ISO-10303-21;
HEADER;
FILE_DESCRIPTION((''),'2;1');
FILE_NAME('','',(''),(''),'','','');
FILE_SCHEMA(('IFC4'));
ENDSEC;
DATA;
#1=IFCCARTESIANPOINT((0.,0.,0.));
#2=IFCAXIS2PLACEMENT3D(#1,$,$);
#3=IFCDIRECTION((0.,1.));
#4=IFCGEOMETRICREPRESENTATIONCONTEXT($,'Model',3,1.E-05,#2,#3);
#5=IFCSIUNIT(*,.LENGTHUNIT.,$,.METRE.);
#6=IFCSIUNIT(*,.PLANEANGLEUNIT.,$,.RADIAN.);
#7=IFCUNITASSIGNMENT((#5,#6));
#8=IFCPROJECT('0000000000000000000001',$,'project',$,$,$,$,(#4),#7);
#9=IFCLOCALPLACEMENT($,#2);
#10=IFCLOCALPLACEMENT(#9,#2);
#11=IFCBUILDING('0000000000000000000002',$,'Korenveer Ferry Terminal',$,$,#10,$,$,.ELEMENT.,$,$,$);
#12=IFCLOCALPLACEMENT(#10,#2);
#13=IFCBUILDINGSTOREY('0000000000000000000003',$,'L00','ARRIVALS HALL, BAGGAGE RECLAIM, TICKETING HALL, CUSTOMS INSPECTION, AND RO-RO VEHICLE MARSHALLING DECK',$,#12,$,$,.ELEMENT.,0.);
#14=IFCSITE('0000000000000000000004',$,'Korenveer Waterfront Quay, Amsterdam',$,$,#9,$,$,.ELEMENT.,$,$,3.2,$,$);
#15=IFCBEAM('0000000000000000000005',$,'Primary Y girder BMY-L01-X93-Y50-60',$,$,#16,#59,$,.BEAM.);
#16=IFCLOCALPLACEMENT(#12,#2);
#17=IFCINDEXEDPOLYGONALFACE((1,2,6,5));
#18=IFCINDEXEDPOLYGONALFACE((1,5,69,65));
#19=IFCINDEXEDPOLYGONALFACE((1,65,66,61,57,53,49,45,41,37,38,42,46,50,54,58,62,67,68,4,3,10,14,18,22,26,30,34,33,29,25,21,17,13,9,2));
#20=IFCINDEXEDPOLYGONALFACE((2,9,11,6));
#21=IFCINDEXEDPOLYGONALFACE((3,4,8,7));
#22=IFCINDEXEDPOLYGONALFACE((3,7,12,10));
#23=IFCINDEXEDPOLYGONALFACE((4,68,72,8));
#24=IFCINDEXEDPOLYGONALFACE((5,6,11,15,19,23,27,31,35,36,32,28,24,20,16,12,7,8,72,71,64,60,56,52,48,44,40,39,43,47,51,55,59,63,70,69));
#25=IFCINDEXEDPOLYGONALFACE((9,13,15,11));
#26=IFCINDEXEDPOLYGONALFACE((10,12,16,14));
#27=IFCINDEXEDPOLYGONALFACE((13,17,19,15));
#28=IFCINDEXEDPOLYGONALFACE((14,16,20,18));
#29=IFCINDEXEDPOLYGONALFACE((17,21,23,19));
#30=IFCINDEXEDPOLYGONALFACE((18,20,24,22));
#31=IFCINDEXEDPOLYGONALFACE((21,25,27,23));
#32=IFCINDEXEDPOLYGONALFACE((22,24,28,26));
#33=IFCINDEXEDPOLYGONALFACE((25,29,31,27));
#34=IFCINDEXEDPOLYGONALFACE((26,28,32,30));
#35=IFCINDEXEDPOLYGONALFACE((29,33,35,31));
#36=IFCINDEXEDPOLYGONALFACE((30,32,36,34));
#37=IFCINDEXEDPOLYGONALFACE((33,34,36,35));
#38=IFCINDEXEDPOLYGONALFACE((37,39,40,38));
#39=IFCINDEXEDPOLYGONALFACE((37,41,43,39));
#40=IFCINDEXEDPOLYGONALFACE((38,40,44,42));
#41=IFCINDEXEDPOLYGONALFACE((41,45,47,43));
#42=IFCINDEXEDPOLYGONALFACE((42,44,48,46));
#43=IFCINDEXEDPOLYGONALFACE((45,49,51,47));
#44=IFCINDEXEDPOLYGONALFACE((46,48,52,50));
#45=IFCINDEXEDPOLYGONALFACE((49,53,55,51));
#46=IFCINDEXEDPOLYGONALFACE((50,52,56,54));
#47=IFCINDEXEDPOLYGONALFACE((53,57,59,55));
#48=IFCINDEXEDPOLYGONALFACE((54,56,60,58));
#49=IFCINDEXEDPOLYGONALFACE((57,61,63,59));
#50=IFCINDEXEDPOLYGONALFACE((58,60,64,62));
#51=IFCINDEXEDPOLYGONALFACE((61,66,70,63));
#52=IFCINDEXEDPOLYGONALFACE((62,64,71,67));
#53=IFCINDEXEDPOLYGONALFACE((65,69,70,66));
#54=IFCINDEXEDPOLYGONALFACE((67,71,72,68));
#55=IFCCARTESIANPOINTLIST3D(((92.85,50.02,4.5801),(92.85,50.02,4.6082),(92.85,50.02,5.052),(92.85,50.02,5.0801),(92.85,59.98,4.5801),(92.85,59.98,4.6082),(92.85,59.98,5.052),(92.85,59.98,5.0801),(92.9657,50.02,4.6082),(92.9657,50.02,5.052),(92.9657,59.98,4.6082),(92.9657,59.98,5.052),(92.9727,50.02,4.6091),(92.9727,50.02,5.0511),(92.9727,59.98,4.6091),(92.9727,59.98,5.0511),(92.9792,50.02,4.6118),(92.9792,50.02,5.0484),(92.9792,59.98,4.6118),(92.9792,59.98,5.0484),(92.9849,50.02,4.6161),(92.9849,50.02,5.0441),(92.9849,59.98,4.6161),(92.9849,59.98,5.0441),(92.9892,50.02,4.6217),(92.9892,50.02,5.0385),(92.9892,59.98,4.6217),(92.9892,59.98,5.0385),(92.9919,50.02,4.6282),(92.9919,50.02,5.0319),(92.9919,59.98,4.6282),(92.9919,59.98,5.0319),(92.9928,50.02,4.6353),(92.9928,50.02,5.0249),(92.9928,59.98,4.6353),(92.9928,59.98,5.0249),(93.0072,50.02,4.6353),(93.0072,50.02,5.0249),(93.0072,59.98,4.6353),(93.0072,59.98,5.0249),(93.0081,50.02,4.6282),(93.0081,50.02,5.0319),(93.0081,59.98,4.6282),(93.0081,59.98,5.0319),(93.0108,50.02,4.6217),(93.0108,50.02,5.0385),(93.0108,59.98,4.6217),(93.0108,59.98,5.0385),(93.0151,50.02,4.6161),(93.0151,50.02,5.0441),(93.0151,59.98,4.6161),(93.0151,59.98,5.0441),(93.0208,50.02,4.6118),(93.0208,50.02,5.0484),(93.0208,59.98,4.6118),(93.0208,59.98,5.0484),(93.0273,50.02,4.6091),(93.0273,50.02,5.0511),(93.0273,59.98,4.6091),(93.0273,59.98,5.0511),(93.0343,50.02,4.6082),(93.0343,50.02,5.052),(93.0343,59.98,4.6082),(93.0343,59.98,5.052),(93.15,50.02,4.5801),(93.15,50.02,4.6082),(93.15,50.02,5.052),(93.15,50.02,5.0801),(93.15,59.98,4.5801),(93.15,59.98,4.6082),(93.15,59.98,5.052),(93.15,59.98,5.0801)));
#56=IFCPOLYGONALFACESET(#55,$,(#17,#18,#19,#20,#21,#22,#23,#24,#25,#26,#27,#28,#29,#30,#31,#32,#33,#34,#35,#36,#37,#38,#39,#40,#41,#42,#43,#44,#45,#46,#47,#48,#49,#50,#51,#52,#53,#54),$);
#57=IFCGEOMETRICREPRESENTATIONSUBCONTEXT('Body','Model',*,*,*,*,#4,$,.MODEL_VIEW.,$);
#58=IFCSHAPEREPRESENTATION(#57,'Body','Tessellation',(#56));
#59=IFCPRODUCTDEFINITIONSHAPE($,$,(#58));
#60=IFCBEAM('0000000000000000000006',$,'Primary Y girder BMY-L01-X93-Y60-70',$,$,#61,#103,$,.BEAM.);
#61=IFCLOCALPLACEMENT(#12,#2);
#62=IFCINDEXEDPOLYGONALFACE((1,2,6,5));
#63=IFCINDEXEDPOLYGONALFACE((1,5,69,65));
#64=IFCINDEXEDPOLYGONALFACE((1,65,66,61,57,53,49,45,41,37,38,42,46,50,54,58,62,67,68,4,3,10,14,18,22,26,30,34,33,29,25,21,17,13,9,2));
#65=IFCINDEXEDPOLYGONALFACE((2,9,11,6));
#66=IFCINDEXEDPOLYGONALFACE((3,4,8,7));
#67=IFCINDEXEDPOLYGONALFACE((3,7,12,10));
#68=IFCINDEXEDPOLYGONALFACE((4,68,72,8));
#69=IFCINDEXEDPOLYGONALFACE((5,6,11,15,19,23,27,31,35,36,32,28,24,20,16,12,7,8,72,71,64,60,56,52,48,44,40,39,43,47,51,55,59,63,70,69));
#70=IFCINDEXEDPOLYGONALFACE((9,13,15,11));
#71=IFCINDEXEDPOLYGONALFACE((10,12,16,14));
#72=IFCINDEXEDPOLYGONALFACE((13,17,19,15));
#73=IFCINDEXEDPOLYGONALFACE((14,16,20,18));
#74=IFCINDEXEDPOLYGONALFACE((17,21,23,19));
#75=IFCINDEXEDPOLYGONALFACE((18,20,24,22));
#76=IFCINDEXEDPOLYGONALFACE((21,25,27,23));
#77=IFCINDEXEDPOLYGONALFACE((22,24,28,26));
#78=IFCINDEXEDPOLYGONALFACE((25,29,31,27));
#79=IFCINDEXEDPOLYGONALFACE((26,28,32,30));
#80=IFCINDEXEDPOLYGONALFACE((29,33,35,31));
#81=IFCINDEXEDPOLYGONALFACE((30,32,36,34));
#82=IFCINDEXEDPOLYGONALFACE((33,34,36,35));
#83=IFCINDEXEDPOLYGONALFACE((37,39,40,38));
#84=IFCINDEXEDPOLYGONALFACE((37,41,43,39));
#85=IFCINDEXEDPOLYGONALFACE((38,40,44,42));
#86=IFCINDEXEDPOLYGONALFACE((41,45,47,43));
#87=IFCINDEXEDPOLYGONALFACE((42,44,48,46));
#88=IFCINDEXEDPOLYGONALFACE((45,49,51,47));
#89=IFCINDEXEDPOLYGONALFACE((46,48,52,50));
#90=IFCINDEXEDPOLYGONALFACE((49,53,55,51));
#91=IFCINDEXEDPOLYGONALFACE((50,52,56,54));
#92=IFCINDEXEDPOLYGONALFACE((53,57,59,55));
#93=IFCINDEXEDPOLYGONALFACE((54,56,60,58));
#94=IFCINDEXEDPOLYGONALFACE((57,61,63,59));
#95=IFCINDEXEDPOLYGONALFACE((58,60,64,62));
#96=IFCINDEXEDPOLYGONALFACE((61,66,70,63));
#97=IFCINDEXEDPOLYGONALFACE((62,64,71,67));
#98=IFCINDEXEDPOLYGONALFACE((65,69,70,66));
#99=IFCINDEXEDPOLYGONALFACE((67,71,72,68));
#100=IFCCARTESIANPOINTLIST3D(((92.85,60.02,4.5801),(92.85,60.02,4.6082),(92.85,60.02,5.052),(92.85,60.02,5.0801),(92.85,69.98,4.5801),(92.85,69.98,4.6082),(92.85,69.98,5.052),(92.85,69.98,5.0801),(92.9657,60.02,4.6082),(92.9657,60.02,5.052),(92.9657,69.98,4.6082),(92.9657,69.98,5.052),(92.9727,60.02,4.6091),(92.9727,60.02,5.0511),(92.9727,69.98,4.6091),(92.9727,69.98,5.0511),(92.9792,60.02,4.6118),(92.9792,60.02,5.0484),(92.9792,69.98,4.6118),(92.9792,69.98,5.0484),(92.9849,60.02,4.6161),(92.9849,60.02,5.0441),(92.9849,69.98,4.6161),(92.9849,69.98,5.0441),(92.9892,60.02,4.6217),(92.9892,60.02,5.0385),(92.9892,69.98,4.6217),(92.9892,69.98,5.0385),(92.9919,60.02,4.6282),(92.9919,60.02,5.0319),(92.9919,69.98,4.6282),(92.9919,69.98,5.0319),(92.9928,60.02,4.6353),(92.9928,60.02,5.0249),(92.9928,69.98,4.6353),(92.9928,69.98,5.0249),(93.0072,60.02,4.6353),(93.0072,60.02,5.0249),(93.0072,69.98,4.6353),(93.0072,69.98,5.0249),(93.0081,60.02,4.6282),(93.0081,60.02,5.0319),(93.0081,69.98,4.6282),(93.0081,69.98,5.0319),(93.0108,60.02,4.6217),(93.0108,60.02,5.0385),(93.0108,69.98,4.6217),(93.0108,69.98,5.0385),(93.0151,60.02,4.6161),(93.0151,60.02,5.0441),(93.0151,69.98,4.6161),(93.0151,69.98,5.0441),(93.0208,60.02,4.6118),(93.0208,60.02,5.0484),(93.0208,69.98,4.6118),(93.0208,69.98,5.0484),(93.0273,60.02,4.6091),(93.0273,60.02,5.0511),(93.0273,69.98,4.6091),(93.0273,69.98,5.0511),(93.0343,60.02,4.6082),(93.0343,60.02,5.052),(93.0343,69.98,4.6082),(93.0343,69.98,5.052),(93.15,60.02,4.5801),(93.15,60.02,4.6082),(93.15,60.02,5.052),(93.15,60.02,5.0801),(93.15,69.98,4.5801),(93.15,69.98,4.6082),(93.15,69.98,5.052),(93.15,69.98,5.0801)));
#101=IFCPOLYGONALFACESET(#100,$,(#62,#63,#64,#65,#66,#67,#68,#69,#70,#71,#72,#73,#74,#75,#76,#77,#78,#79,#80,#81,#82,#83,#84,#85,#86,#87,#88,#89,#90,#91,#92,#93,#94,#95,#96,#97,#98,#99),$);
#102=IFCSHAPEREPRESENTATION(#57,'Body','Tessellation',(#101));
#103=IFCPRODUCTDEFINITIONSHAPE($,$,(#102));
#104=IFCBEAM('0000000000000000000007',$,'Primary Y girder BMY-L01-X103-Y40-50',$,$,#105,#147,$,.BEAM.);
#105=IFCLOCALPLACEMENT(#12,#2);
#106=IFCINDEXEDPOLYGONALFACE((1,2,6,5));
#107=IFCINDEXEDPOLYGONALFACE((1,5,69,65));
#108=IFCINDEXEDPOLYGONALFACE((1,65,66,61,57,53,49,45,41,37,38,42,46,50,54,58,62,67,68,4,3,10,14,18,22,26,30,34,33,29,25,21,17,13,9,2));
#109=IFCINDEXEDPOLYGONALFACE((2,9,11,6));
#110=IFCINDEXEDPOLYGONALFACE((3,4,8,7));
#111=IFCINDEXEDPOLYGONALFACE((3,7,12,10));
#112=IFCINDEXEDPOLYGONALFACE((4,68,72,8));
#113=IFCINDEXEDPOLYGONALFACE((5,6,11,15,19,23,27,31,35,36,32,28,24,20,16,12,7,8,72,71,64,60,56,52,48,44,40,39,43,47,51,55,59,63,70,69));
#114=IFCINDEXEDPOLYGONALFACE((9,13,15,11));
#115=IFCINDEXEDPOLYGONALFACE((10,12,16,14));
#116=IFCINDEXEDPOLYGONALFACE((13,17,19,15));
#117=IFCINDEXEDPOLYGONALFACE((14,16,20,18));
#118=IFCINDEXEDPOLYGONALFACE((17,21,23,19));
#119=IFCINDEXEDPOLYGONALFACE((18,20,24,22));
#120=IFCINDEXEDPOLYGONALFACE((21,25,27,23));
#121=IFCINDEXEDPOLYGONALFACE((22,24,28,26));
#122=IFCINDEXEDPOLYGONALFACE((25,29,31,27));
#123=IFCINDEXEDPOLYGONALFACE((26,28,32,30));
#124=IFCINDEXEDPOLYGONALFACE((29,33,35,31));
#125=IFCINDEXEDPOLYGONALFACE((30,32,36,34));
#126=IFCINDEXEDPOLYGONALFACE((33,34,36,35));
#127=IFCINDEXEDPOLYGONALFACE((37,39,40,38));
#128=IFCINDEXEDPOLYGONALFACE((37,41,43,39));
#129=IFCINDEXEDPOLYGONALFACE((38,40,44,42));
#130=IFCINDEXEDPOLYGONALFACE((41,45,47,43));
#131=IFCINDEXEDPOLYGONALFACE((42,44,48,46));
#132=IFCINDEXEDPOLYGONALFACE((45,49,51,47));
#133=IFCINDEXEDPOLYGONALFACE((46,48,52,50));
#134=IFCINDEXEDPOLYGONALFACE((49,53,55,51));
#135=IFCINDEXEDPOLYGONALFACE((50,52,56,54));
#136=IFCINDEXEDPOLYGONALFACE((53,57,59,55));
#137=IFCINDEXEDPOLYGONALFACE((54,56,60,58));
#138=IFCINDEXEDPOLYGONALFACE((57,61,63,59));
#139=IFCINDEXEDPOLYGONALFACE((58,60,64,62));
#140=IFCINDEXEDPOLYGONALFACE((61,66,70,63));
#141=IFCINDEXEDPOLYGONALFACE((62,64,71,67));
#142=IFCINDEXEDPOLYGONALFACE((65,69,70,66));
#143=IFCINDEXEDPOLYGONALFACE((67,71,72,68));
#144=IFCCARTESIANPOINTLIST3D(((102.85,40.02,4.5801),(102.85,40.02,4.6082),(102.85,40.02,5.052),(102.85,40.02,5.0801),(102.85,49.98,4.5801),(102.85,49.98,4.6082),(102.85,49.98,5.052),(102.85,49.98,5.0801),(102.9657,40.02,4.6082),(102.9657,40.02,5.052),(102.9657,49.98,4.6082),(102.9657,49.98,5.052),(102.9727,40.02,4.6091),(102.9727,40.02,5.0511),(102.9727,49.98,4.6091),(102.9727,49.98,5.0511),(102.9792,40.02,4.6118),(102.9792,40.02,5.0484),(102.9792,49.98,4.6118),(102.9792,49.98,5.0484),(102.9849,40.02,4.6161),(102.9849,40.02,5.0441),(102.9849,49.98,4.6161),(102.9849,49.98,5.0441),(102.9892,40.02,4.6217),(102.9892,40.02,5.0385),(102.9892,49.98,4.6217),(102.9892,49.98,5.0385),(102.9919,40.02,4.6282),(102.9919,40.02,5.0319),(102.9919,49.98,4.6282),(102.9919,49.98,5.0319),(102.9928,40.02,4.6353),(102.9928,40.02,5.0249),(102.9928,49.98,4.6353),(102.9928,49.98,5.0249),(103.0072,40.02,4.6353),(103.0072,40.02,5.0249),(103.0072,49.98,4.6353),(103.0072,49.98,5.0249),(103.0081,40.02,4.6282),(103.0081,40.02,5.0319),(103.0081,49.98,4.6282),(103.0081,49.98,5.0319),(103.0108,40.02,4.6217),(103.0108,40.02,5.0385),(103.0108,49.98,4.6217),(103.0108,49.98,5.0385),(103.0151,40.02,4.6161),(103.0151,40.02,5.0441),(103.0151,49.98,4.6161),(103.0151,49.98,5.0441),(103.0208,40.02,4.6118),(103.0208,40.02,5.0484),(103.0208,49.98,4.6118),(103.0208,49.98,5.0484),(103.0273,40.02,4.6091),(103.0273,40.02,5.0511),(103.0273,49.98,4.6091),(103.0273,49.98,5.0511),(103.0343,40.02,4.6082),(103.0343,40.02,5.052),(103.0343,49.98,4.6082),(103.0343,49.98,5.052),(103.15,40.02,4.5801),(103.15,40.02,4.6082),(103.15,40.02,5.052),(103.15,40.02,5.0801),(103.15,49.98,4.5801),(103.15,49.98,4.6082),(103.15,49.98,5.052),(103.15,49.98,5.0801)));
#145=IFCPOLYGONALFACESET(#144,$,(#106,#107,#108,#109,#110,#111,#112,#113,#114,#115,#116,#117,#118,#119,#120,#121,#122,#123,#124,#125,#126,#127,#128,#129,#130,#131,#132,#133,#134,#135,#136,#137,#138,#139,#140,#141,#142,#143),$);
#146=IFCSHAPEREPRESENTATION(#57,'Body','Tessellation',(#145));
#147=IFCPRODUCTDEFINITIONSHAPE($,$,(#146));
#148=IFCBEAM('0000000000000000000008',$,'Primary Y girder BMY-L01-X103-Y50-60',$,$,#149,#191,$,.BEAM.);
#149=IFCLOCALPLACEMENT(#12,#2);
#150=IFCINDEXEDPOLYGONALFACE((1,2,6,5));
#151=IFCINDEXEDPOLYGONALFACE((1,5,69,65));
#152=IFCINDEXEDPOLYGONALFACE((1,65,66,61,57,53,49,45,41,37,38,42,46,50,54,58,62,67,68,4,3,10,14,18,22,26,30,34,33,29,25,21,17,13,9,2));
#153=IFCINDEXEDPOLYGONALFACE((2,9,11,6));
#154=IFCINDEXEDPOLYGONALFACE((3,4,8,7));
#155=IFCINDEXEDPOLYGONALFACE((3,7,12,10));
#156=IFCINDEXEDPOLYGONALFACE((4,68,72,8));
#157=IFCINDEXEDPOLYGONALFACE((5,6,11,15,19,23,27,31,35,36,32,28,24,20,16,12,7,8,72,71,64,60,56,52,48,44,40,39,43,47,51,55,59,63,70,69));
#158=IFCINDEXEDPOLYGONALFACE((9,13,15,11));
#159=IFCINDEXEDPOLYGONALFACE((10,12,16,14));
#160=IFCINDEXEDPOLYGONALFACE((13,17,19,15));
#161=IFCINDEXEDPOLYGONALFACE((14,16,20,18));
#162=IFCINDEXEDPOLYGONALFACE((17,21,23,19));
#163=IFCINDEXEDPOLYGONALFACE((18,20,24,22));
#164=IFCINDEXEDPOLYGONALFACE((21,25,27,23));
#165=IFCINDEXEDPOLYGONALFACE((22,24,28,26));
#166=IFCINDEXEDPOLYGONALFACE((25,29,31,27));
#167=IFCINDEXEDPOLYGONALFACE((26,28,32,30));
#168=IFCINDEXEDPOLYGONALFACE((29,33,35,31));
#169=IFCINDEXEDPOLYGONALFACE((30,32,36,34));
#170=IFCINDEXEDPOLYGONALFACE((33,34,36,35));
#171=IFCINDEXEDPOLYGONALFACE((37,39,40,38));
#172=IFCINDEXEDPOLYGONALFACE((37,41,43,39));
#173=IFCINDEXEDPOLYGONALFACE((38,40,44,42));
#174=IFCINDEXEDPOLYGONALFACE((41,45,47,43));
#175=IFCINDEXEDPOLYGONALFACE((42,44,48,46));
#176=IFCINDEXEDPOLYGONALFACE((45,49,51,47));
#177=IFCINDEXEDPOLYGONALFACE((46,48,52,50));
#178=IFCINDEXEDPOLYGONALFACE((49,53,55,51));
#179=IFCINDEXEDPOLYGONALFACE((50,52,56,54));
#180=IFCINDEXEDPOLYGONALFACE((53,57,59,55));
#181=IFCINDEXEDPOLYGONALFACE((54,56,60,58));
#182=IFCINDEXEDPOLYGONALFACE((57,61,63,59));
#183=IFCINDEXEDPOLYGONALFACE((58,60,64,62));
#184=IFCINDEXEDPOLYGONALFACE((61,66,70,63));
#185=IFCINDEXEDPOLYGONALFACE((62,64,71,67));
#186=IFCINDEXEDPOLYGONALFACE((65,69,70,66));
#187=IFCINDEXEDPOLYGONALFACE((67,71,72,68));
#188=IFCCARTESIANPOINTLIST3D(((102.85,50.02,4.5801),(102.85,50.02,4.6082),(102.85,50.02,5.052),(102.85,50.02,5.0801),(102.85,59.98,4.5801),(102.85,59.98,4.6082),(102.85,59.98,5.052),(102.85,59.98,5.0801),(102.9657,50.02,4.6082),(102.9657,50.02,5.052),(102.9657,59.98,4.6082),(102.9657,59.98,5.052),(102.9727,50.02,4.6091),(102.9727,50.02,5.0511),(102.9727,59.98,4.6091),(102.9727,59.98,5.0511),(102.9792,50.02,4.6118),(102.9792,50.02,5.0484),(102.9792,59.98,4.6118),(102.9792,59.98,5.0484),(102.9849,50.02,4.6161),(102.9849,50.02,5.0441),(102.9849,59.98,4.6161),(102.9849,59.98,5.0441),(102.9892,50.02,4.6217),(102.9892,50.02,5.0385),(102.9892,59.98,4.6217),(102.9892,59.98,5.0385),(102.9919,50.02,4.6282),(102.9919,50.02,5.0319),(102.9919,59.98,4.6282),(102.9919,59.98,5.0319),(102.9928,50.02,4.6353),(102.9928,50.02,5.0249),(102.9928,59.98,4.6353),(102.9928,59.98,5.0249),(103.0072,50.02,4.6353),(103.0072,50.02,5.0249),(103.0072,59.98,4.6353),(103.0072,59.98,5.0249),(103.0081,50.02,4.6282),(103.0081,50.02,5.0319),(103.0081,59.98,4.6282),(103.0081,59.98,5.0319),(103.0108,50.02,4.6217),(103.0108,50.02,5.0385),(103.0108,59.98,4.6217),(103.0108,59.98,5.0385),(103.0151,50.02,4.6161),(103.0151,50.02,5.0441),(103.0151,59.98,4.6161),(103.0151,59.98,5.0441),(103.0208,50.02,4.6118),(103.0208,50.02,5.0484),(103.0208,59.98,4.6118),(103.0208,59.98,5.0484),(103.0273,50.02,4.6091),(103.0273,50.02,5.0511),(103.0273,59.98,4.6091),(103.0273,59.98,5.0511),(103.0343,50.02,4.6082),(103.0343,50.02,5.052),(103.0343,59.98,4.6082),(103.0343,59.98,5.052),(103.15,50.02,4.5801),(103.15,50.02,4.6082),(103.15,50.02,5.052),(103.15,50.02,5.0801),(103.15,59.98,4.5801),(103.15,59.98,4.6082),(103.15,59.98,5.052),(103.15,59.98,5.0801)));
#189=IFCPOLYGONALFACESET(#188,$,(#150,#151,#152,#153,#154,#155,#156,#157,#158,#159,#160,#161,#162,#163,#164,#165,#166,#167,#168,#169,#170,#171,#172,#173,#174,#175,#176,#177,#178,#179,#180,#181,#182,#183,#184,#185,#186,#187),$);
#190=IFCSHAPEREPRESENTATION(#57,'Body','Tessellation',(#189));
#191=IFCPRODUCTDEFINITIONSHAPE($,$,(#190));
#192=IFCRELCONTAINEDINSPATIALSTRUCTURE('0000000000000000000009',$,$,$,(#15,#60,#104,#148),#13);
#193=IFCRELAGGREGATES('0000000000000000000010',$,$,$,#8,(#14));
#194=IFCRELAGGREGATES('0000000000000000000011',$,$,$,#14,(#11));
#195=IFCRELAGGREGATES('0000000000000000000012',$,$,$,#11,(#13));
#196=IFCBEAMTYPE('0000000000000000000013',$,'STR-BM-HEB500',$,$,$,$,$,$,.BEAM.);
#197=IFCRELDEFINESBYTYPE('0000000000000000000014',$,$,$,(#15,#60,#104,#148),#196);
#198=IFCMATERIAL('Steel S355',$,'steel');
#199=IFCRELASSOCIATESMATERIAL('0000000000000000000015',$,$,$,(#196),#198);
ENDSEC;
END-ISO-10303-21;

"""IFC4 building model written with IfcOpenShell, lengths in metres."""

from ifc_helpers import new_model, si_unit, direction, frame, origin, origin_2d, place, context, subcontext, project, spatial, i_section, extrude, material, material_profile, profile_set, type_object, element, save


model = new_model("IFC4")

# Units and contexts
model_context = context("Model", 3, precision=1e-05, world=origin(), true_north=direction((0.0, 1.0)))
body_context = subcontext(model_context, "Body", "Model", "MODEL_VIEW")
ifc_project = project(units=[si_unit("LENGTHUNIT", "METRE"), si_unit("PLANEANGLEUNIT", "RADIAN")], contexts=[model_context])

# Site, building, storey
site_placement = place(None, origin())
site = spatial("IfcSite", under=ifc_project, at=site_placement, Name="Korenveer Waterfront Quay, Amsterdam", CompositionType="ELEMENT", RefElevation=3.2)
building_placement = place(site_placement, origin())
building = spatial("IfcBuilding", under=site, at=building_placement, Name="Korenveer Ferry Terminal", CompositionType="ELEMENT")
storey_placement = place(building_placement, origin())
storey = spatial("IfcBuildingStorey", under=building, at=storey_placement, Name="L00", Description="ARRIVALS HALL, BAGGAGE RECLAIM, TICKETING HALL, CUSTOMS INSPECTION, AND RO-RO VEHICLE MARSHALLING DECK", CompositionType="ELEMENT", Elevation=0.0)

# Shared definitions
ifc_material_1 = material(Name="Steel S355", Category="steel")

# Beams
ifc_material_profile_1 = material_profile(ifc_material_1, i_section(OverallWidth=0.3, OverallDepth=0.5, WebThickness=0.0144, FlangeThickness=0.0281, FilletRadius=0.0271, at=origin_2d()), Name="HEB 500")
ifc_profile_set_1 = profile_set([ifc_material_profile_1], Name="Steel S355")
beam_type_1 = type_object("IfcBeamType", Name="STR-BM-HEB500", PredefinedType="BEAM", material=ifc_profile_set_1)
for number, where, z_axis, x_axis, name in (
    (1, (93.0, 50.02, 4.8301), (0.0, 1.0, 0.0), (-1.0, 0.0, 0.0), "Primary Y girder BMY-L01-X93-Y50-60"),
    (2, (93.0, 60.02, 4.8301), (0.0, 1.0, 0.0), (-1.0, 0.0, 0.0), "Primary Y girder BMY-L01-X93-Y60-70"),
    (3, (103.0, 40.02, 4.8301), (0.0, 1.0, 0.0), (-1.0, 0.0, 0.0), "Primary Y girder BMY-L01-X103-Y40-50"),
    (4, (103.0, 50.02, 4.8301), (0.0, 1.0, 0.0), (-1.0, 0.0, 0.0), "Primary Y girder BMY-L01-X103-Y50-60"),
):
    element("IfcBeam", number, at=place(storey_placement, frame(where, z_axis=z_axis, x_axis=x_axis)), inside=storey, type_object=beam_type_1, Name=name, PredefinedType="BEAM", context=body_context, shape_type="SweptSolid", body=[
        extrude(i_section(OverallWidth=0.3, OverallDepth=0.5, WebThickness=0.0144, FlangeThickness=0.0281, FilletRadius=0.0271, at=origin_2d()), origin(), (0.0, 0.0, 1.0), 9.96),
    ])

save(model, "model.ifc")
